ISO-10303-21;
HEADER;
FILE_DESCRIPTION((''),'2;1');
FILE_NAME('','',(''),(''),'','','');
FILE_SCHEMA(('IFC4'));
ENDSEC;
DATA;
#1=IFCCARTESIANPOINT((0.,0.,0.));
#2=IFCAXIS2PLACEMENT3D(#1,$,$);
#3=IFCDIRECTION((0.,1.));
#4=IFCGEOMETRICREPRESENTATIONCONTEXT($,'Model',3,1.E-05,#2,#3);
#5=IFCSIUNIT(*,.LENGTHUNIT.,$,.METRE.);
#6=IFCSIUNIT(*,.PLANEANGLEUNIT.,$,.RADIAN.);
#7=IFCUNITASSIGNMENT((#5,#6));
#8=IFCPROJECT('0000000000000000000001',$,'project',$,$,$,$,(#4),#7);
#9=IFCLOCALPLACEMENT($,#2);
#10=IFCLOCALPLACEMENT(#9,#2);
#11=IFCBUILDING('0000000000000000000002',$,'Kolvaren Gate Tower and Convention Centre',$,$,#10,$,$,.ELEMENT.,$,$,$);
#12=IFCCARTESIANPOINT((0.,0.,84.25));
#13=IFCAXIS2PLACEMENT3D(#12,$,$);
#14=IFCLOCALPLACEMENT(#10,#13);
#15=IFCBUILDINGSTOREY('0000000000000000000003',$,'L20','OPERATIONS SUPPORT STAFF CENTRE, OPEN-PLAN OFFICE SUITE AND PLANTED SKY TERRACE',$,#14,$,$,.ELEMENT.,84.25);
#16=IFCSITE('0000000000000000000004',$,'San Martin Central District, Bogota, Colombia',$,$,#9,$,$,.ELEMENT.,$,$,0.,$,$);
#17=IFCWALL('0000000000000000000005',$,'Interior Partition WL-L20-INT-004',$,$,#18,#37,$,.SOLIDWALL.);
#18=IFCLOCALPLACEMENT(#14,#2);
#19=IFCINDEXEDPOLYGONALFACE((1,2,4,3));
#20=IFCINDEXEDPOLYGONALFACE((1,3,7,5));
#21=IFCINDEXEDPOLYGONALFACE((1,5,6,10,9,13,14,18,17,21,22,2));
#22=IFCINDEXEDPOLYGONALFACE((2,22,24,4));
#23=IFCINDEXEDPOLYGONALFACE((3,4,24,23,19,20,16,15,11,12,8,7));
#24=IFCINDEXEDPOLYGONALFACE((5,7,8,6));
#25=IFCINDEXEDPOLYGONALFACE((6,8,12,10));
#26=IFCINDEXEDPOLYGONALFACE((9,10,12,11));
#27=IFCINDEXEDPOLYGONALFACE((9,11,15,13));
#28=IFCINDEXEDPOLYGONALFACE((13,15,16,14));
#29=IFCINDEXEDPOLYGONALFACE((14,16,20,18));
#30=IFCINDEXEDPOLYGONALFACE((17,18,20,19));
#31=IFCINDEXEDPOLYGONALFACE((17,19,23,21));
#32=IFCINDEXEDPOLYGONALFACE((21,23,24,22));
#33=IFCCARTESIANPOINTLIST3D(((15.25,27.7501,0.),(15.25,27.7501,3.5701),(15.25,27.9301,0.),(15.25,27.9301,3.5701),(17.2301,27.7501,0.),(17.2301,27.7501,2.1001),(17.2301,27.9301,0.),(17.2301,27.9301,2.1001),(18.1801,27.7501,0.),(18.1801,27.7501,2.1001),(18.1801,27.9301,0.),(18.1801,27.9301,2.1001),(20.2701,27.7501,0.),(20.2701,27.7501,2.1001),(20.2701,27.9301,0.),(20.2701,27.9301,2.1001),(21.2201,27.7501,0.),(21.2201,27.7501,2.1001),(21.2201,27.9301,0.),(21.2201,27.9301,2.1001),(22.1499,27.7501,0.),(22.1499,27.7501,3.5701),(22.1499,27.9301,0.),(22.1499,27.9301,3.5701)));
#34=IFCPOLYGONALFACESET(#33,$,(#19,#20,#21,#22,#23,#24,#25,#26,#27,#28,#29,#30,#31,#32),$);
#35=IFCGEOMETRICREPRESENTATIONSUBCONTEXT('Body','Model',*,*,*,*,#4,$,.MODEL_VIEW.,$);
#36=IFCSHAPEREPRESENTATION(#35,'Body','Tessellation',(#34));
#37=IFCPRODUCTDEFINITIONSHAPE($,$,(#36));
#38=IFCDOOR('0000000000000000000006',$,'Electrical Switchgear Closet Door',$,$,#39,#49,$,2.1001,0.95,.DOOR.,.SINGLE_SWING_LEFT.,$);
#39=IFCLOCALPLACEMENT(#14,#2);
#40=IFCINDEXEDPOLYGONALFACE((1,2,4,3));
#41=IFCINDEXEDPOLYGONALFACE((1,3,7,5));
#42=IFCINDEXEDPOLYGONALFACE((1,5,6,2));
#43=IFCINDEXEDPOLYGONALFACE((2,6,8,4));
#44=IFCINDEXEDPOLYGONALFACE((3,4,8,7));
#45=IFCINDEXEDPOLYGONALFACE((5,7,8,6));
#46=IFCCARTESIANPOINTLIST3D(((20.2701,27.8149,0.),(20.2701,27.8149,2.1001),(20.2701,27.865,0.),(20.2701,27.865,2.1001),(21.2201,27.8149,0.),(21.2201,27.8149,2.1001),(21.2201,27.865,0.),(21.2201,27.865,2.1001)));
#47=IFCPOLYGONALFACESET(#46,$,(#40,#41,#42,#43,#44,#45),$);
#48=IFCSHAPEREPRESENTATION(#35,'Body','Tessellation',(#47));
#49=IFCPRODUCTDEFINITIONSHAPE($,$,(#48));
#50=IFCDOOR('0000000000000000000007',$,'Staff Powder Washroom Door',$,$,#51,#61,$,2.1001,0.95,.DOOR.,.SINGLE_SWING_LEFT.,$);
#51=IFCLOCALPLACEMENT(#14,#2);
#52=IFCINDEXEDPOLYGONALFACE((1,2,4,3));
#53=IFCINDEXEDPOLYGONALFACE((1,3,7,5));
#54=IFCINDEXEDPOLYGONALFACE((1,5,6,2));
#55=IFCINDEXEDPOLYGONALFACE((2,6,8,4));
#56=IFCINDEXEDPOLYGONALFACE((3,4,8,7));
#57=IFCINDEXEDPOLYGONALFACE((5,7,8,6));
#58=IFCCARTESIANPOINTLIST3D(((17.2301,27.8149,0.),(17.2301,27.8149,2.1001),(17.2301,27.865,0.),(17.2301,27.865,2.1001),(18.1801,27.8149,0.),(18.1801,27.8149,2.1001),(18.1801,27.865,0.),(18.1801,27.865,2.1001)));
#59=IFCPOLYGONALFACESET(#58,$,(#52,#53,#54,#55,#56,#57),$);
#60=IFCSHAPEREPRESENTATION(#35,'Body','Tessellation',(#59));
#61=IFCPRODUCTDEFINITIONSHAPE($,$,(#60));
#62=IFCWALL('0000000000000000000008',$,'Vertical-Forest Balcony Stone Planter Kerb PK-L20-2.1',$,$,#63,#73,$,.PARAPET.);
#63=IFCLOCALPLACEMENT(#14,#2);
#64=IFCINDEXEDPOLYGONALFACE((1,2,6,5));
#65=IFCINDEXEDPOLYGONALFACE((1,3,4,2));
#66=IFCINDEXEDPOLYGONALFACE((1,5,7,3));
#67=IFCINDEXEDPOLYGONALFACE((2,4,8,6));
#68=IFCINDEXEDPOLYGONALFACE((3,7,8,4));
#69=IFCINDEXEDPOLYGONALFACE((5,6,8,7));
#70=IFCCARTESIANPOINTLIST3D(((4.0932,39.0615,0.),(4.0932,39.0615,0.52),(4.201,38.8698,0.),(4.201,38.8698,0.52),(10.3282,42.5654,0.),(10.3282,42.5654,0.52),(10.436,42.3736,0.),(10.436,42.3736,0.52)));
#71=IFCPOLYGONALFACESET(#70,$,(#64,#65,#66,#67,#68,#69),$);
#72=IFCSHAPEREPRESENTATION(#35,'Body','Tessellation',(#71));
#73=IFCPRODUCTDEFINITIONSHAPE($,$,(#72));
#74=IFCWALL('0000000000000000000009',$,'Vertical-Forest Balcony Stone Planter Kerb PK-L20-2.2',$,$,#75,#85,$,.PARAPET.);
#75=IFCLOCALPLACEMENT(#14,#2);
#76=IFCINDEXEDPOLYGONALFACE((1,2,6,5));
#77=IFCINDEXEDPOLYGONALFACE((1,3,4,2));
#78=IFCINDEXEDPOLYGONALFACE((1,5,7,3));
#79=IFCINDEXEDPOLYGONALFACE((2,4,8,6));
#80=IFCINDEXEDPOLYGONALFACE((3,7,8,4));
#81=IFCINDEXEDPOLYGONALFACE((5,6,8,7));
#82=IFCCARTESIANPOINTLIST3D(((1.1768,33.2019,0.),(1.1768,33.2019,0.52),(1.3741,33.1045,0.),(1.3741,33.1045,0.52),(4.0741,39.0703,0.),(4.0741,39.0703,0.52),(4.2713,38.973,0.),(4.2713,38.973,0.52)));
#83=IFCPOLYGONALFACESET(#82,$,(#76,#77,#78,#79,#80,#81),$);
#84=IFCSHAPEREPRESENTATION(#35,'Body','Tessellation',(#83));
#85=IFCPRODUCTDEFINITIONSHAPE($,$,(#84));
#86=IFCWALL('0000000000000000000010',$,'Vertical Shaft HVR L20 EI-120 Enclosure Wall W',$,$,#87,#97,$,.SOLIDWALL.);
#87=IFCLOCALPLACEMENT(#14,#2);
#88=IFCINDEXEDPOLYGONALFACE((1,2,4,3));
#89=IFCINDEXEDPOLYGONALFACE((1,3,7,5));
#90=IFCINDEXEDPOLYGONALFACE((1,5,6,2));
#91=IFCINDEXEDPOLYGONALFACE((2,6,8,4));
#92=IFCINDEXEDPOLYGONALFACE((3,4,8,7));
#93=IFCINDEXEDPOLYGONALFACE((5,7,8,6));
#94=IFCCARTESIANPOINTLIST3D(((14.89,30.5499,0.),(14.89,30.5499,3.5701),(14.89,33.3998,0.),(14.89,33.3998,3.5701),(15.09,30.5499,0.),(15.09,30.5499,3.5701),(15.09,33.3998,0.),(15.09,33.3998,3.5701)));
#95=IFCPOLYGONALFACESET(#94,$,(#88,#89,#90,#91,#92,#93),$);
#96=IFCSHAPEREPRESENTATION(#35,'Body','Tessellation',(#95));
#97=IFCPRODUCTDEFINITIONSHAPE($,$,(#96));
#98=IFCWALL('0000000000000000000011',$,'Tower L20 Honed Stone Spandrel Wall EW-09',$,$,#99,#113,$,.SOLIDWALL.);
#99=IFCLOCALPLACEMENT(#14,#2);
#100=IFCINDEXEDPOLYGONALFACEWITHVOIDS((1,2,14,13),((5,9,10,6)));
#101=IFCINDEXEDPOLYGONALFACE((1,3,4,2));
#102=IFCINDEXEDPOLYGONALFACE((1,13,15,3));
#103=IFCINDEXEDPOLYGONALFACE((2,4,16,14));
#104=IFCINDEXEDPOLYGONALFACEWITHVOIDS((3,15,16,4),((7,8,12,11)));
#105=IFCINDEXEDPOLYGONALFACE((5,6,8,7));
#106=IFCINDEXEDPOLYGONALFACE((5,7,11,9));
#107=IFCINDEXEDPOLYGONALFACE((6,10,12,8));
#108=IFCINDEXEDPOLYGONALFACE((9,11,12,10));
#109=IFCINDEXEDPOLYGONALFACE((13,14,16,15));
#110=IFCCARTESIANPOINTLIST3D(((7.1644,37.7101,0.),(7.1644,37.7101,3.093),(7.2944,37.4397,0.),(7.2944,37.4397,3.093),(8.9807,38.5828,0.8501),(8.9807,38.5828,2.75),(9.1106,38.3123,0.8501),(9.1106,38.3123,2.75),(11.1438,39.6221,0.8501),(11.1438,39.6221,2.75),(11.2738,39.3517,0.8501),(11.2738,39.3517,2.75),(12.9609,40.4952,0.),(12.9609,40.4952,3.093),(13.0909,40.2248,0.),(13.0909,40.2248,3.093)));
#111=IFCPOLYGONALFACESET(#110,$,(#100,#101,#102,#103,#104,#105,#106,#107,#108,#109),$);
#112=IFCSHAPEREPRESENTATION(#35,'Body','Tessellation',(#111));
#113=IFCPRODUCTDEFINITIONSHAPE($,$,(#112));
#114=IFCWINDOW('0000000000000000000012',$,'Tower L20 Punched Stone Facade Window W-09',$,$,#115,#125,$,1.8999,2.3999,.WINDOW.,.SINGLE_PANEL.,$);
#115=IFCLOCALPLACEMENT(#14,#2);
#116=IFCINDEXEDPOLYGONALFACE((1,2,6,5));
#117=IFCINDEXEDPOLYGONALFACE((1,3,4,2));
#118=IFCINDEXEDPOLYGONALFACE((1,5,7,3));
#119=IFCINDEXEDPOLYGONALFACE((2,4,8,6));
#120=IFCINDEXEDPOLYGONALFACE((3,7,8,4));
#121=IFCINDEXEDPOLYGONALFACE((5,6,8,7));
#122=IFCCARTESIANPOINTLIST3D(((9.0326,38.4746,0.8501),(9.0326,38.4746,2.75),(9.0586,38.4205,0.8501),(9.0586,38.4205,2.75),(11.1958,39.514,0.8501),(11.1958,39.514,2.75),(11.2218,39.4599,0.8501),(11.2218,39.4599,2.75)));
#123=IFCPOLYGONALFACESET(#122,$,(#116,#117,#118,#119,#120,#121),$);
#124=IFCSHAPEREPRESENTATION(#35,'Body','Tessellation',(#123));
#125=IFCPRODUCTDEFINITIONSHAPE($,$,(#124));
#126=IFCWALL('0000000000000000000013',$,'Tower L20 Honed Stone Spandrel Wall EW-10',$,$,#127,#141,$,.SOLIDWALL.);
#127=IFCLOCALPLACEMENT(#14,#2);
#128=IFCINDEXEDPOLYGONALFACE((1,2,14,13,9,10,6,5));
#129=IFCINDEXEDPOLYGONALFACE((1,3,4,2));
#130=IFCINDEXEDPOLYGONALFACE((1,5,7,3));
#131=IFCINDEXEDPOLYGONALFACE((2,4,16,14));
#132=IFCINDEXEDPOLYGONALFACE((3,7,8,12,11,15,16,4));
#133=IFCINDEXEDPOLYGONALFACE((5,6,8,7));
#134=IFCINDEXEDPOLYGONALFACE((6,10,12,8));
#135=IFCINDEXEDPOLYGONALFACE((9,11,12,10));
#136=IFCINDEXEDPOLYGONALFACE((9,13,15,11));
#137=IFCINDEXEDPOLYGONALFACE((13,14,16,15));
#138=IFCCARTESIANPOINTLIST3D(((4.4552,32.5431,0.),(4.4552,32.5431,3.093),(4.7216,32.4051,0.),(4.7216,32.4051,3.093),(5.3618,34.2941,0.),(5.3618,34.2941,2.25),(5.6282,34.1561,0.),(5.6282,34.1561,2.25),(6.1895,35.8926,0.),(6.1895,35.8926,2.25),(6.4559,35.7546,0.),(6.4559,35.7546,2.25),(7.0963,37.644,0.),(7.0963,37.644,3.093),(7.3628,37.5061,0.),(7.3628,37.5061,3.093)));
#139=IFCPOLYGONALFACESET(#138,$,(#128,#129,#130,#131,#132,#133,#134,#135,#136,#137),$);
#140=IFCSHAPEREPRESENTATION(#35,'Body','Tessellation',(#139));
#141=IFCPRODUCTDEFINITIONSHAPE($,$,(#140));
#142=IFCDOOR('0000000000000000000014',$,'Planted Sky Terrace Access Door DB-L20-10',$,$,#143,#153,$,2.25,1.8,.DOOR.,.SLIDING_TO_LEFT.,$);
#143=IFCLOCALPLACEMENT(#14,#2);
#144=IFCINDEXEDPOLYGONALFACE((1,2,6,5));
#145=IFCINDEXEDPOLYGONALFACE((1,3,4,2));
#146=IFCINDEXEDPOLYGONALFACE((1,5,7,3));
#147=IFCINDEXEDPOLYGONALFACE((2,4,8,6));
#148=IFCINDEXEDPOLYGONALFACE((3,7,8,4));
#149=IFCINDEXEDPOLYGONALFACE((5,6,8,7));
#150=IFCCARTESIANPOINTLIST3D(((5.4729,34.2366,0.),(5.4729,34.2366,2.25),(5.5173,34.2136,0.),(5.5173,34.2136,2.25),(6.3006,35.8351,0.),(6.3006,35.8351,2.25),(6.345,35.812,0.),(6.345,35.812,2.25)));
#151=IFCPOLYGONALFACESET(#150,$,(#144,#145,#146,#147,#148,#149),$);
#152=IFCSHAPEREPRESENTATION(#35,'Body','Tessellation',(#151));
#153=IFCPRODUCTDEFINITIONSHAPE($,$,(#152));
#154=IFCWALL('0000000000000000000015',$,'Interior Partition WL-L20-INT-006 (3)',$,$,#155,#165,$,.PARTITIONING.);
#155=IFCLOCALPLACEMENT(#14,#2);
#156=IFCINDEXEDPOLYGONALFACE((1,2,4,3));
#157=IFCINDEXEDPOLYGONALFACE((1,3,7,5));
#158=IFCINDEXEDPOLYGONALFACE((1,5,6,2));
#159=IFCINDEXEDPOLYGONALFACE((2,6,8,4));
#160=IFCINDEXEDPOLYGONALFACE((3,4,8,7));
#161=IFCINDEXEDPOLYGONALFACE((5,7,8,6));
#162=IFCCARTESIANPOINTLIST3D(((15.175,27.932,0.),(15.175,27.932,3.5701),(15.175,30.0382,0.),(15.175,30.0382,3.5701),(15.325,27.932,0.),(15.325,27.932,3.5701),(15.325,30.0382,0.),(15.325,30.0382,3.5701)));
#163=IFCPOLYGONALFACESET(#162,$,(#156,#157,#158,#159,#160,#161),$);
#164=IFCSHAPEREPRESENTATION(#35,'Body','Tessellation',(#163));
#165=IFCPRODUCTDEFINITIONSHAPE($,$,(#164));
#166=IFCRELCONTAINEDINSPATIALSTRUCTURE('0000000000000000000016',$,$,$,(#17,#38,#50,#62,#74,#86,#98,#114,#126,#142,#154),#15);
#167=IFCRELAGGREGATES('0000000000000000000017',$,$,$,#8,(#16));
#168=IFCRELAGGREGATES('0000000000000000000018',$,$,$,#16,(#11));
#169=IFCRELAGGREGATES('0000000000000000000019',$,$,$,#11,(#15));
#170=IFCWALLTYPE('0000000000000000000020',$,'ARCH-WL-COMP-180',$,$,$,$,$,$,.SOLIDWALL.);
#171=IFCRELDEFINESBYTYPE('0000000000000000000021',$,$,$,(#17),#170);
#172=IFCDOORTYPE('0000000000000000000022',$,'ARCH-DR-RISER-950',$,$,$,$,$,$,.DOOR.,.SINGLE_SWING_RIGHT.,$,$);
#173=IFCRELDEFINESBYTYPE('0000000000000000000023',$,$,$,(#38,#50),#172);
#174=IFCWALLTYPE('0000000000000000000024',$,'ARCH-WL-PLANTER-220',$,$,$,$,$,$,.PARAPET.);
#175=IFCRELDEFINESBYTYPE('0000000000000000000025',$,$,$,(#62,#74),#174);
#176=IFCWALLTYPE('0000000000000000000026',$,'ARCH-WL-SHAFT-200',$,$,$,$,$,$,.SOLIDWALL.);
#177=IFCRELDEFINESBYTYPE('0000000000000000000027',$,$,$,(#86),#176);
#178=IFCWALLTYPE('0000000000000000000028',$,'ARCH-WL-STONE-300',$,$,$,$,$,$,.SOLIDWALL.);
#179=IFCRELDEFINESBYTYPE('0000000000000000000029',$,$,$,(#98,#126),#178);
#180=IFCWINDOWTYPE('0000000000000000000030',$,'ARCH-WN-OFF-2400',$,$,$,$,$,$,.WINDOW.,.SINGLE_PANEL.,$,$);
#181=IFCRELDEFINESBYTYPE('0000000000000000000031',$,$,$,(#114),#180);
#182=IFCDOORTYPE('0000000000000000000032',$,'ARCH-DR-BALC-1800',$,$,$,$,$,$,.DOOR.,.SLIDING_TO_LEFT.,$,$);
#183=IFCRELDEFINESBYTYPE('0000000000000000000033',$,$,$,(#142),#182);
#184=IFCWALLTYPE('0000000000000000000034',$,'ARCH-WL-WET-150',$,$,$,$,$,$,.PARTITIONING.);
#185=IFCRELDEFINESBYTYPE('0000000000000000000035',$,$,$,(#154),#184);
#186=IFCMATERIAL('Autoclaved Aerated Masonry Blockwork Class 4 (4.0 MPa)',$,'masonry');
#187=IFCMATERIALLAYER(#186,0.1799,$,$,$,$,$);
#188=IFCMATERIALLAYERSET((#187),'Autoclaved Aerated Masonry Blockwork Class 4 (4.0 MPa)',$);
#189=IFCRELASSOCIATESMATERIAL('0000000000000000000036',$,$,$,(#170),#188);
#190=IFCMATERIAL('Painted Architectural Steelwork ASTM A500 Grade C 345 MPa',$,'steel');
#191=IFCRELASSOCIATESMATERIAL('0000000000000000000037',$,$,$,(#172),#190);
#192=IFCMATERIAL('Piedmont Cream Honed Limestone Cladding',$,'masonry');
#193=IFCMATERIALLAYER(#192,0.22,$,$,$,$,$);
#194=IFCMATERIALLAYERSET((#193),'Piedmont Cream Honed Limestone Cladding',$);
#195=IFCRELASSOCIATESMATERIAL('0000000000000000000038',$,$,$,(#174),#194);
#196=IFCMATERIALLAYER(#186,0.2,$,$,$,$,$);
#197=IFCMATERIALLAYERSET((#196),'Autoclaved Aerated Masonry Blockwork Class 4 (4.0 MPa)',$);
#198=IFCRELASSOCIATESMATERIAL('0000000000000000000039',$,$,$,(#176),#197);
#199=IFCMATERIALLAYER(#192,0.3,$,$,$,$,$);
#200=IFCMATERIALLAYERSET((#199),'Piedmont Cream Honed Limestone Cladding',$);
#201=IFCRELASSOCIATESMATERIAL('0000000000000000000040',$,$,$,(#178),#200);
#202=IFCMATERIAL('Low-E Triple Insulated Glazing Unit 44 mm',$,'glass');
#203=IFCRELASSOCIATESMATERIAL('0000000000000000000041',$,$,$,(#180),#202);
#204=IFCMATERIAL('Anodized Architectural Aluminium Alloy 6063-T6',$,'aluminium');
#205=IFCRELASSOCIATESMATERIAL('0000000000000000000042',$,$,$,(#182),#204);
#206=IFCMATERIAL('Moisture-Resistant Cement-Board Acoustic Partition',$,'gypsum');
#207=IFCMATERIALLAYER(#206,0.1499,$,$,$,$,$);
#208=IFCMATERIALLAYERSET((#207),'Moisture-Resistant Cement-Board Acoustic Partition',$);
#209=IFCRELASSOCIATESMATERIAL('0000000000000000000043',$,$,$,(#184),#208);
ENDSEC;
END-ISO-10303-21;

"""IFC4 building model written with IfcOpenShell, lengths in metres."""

from ifc_helpers import new_model, si_unit, direction, frame, frame_2d, origin, place, context, subcontext, project, spatial, rectangle, extrude, material, layer, layer_set, type_object, element, fill, save


model = new_model("IFC4")

# Units and contexts
model_context = context("Model", 3, precision=1e-05, world=origin(), true_north=direction((0.0, 1.0)))
body_context = subcontext(model_context, "Body", "Model", "MODEL_VIEW")
ifc_project = project(units=[si_unit("LENGTHUNIT", "METRE"), si_unit("PLANEANGLEUNIT", "RADIAN")], contexts=[model_context])

# Site, building, storey
site_placement = place(None, origin())
site = spatial("IfcSite", under=ifc_project, at=site_placement, Name="San Martin Central District, Bogota, Colombia", CompositionType="ELEMENT", RefElevation=0.0)
building_placement = place(site_placement, origin())
building = spatial("IfcBuilding", under=site, at=building_placement, Name="Kolvaren Gate Tower and Convention Centre", CompositionType="ELEMENT")
storey_placement = place(building_placement, frame((0.0, 0.0, 84.25)))
storey = spatial("IfcBuildingStorey", under=building, at=storey_placement, Name="L20", Description="OPERATIONS SUPPORT STAFF CENTRE, OPEN-PLAN OFFICE SUITE AND PLANTED SKY TERRACE", CompositionType="ELEMENT", Elevation=84.25)

# Shared definitions
ifc_material_1 = material(Name="Anodized Architectural Aluminium Alloy 6063-T6", Category="aluminium")

# Wall, openings, doors
ifc_material_2 = material(Name="Autoclaved Aerated Masonry Blockwork Class 4 (4.0 MPa)", Category="masonry")
ifc_layer_1 = layer(ifc_material_2, 0.1799)
ifc_layer_set_1 = layer_set([ifc_layer_1], Name="Autoclaved Aerated Masonry Blockwork Class 4 (4.0 MPa)")
wall_type_1 = type_object("IfcWallType", Name="ARCH-WL-COMP-180", PredefinedType="SOLIDWALL", material=ifc_layer_set_1)
wall_1_placement = place(storey_placement, frame((15.25, 27.8401, 0.0), z_axis=(0.0, 0.0, 1.0), x_axis=(1.0, 0.0, 0.0)))
wall_1 = element("IfcWall", 1, at=wall_1_placement, inside=storey, type_object=wall_type_1, Name="Interior Partition WL-L20-INT-004", PredefinedType="SOLIDWALL", context=body_context, shape_type="SweptSolid", body=[
    extrude(rectangle(XDim=6.8999, YDim=0.1799, at=frame_2d((3.45, 0.0))), origin(), (0.0, 0.0, 1.0), 3.5701),
])
opening_1_placement = place(wall_1_placement, frame((5.02, 0.0, 0.0)))
opening_1 = element("IfcOpeningElement", 2, at=opening_1_placement, cuts=wall_1, PredefinedType="OPENING", context=body_context, shape_type="SweptSolid", body=[
    extrude(rectangle(XDim=0.95, YDim=2.1001, at=frame_2d((0.4751, 1.05))), frame((0.0, 0.0999, 0.0), z_axis=(0.0, -1.0, 0.0), x_axis=(1.0, 0.0, 0.0)), (0.0, 0.0, 1.0), 0.2),
])
opening_2_placement = place(wall_1_placement, frame((1.98, 0.0, 0.0)))
opening_2 = element("IfcOpeningElement", 3, at=opening_2_placement, cuts=wall_1, PredefinedType="OPENING", context=body_context, shape_type="SweptSolid", body=[
    extrude(rectangle(XDim=0.95, YDim=2.1001, at=frame_2d((0.4751, 1.05))), frame((0.0, 0.0999, 0.0), z_axis=(0.0, -1.0, 0.0), x_axis=(1.0, 0.0, 0.0)), (0.0, 0.0, 1.0), 0.2),
])
ifc_material_3 = material(Name="Painted Architectural Steelwork ASTM A500 Grade C 345 MPa", Category="steel")
door_type_1 = type_object("IfcDoorType", Name="ARCH-DR-RISER-950", OperationType="SINGLE_SWING_RIGHT", PredefinedType="DOOR", material=ifc_material_3)
door_1_placement = place(opening_1_placement, origin())
door_1 = element("IfcDoor", 4, at=door_1_placement, inside=storey, type_object=door_type_1, Name="Electrical Switchgear Closet Door", OperationType="SINGLE_SWING_LEFT", OverallHeight=2.1001, OverallWidth=0.95, PredefinedType="DOOR", context=body_context, shape_type="SweptSolid", body=[
    extrude(rectangle(XDim=0.95, YDim=2.1001, at=frame_2d((0.4751, 1.05))), frame((0.0, 0.0249, 0.0), z_axis=(0.0, -1.0, 0.0), x_axis=(1.0, 0.0, 0.0)), (0.0, 0.0, 1.0), 0.05),
])
fill(opening_1, door_1)
door_2_placement = place(opening_2_placement, origin())
door_2 = element("IfcDoor", 5, at=door_2_placement, inside=storey, type_object=door_type_1, Name="Staff Powder Washroom Door", OperationType="SINGLE_SWING_LEFT", OverallHeight=2.1001, OverallWidth=0.95, PredefinedType="DOOR", context=body_context, shape_type="SweptSolid", body=[
    extrude(rectangle(XDim=0.95, YDim=2.1001, at=frame_2d((0.4751, 1.05))), frame((0.0, 0.0249, 0.0), z_axis=(0.0, -1.0, 0.0), x_axis=(1.0, 0.0, 0.0)), (0.0, 0.0, 1.0), 0.05),
])
fill(opening_2, door_2)

# Walls
ifc_material_4 = material(Name="Piedmont Cream Honed Limestone Cladding", Category="masonry")
ifc_layer_2 = layer(ifc_material_4, 0.22)
ifc_layer_set_2 = layer_set([ifc_layer_2], Name="Piedmont Cream Honed Limestone Cladding")
wall_type_2 = type_object("IfcWallType", Name="ARCH-WL-PLANTER-220", PredefinedType="PARAPET", material=ifc_layer_set_2)
wall_2_placement = place(storey_placement, frame((4.147, 38.9656, 0.0), z_axis=(0.0, 0.0, 1.0), x_axis=(0.871775, 0.489906, 0.0)))
element("IfcWall", 6, at=wall_2_placement, inside=storey, type_object=wall_type_2, Name="Vertical-Forest Balcony Stone Planter Kerb PK-L20-2.1", PredefinedType="PARAPET", context=body_context, shape_type="SweptSolid", body=[
    extrude(rectangle(XDim=7.1521, YDim=0.22, at=frame_2d((3.5762, 0.0))), origin(), (0.0, 0.0, 1.0), 0.52),
])
wall_3_placement = place(storey_placement, frame((1.2754, 33.1531, 0.0), z_axis=(0.0, 0.0, 1.0), x_axis=(0.442687, 0.896676, 0.0)))
element("IfcWall", 7, at=wall_3_placement, inside=storey, type_object=wall_type_2, Name="Vertical-Forest Balcony Stone Planter Kerb PK-L20-2.2", PredefinedType="PARAPET", context=body_context, shape_type="SweptSolid", body=[
    extrude(rectangle(XDim=6.5447, YDim=0.22, at=frame_2d((3.2725, 0.0))), origin(), (0.0, 0.0, 1.0), 0.52),
])
ifc_layer_3 = layer(ifc_material_2, 0.2)
ifc_layer_set_3 = layer_set([ifc_layer_3], Name="Autoclaved Aerated Masonry Blockwork Class 4 (4.0 MPa)")
wall_type_3 = type_object("IfcWallType", Name="ARCH-WL-SHAFT-200", PredefinedType="SOLIDWALL", material=ifc_layer_set_3)
wall_4_placement = place(storey_placement, frame((14.99, 30.55, 0.0), z_axis=(0.0, 0.0, 1.0), x_axis=(0.0, 1.0, 0.0)))
element("IfcWall", 8, at=wall_4_placement, inside=storey, type_object=wall_type_3, Name="Vertical Shaft HVR L20 EI-120 Enclosure Wall W", PredefinedType="SOLIDWALL", context=body_context, shape_type="SweptSolid", body=[
    extrude(rectangle(XDim=2.8499, YDim=0.2, at=frame_2d((1.4248, 0.0))), origin(), (0.0, 0.0, 1.0), 3.5701),
])

# Wall, opening, window
ifc_layer_4 = layer(ifc_material_4, 0.3)
ifc_layer_set_4 = layer_set([ifc_layer_4], Name="Piedmont Cream Honed Limestone Cladding")
wall_type_4 = type_object("IfcWallType", Name="ARCH-WL-STONE-300", PredefinedType="SOLIDWALL", material=ifc_layer_set_4)
wall_5_placement = place(storey_placement, frame((7.2295, 37.575, 0.0), z_axis=(0.0, 0.0, 1.0), x_axis=(0.901355, 0.433082, 0.0)))
wall_5 = element("IfcWall", 9, at=wall_5_placement, inside=storey, type_object=wall_type_4, Name="Tower L20 Honed Stone Spandrel Wall EW-09", PredefinedType="SOLIDWALL", context=body_context, shape_type="SweptSolid", body=[
    extrude(rectangle(XDim=6.4309, YDim=0.3, at=frame_2d((3.2153, 0.0))), origin(), (0.0, 0.0, 1.0), 3.093),
])
opening_3_placement = place(wall_5_placement, frame((2.0149, 0.0, 0.8501)))
opening_3 = element("IfcOpeningElement", 10, at=opening_3_placement, cuts=wall_5, PredefinedType="OPENING", context=body_context, shape_type="SweptSolid", body=[
    extrude(rectangle(XDim=2.3999, YDim=1.8999, at=frame_2d((1.2, 0.95))), frame((0.0, 0.1599, 0.0), z_axis=(0.0, -1.0, 0.0), x_axis=(1.0, 0.0, 0.0)), (0.0, 0.0, 1.0), 0.3201),
])
ifc_material_5 = material(Name="Low-E Triple Insulated Glazing Unit 44 mm", Category="glass")
window_type = type_object("IfcWindowType", Name="ARCH-WN-OFF-2400", PartitioningType="SINGLE_PANEL", PredefinedType="WINDOW", material=ifc_material_5)
window_placement = place(opening_3_placement, origin())
window = element("IfcWindow", 11, at=window_placement, inside=storey, type_object=window_type, Name="Tower L20 Punched Stone Facade Window W-09", OverallHeight=1.8999, OverallWidth=2.3999, PartitioningType="SINGLE_PANEL", PredefinedType="WINDOW", context=body_context, shape_type="SweptSolid", body=[
    extrude(rectangle(XDim=2.3999, YDim=1.8999, at=frame_2d((1.2, 0.95))), frame((0.0, 0.03, 0.0), z_axis=(0.0, -1.0, 0.0), x_axis=(1.0, 0.0, 0.0)), (0.0, 0.0, 1.0), 0.0601),
])
fill(opening_3, window)

# Wall, opening, door
wall_6_placement = place(storey_placement, frame((4.5884, 32.4741, 0.0), z_axis=(0.0, 0.0, 1.0), x_axis=(0.459801, 0.888022, 0.0)))
wall_6 = element("IfcWall", 12, at=wall_6_placement, inside=storey, type_object=wall_type_4, Name="Tower L20 Honed Stone Spandrel Wall EW-10", PredefinedType="SOLIDWALL", context=body_context, shape_type="SweptSolid", body=[
    extrude(rectangle(XDim=5.7441, YDim=0.3, at=frame_2d((2.8721, 0.0))), origin(), (0.0, 0.0, 1.0), 3.093),
])
opening_4_placement = place(wall_6_placement, frame((1.9719, 0.0, 0.0)))
opening_4 = element("IfcOpeningElement", 13, at=opening_4_placement, cuts=wall_6, PredefinedType="OPENING", context=body_context, shape_type="SweptSolid", body=[
    extrude(rectangle(XDim=1.8, YDim=2.25, at=frame_2d((0.8999, 1.125))), frame((0.0, 0.1599, 0.0), z_axis=(0.0, -1.0, 0.0), x_axis=(1.0, 0.0, 0.0)), (0.0, 0.0, 1.0), 0.3201),
])
door_type_2 = type_object("IfcDoorType", Name="ARCH-DR-BALC-1800", OperationType="SLIDING_TO_LEFT", PredefinedType="DOOR", material=ifc_material_1)
door_3_placement = place(opening_4_placement, origin())
door_3 = element("IfcDoor", 14, at=door_3_placement, inside=storey, type_object=door_type_2, Name="Planted Sky Terrace Access Door DB-L20-10", OperationType="SLIDING_TO_LEFT", OverallHeight=2.25, OverallWidth=1.8, PredefinedType="DOOR", context=body_context, shape_type="SweptSolid", body=[
    extrude(rectangle(XDim=1.8, YDim=2.25, at=frame_2d((0.8999, 1.125))), frame((0.0, 0.0249, 0.0), z_axis=(0.0, -1.0, 0.0), x_axis=(1.0, 0.0, 0.0)), (0.0, 0.0, 1.0), 0.05),
])
fill(opening_4, door_3)

# Wall
ifc_material_6 = material(Name="Moisture-Resistant Cement-Board Acoustic Partition", Category="gypsum")
ifc_layer_5 = layer(ifc_material_6, 0.1499)
ifc_layer_set_5 = layer_set([ifc_layer_5], Name="Moisture-Resistant Cement-Board Acoustic Partition")
wall_type_5 = type_object("IfcWallType", Name="ARCH-WL-WET-150", PredefinedType="PARTITIONING", material=ifc_layer_set_5)
wall_7_placement = place(storey_placement, frame((15.25, 27.9319, 0.0), z_axis=(0.0, 0.0, 1.0), x_axis=(0.0, 1.0, 0.0)))
element("IfcWall", 15, at=wall_7_placement, inside=storey, type_object=wall_type_5, Name="Interior Partition WL-L20-INT-006 (3)", PredefinedType="PARTITIONING", context=body_context, shape_type="SweptSolid", body=[
    extrude(rectangle(XDim=2.1062, YDim=0.1499, at=frame_2d((1.0532, 0.0))), origin(), (0.0, 0.0, 1.0), 3.5701),
])

save(model, "model.ifc")
